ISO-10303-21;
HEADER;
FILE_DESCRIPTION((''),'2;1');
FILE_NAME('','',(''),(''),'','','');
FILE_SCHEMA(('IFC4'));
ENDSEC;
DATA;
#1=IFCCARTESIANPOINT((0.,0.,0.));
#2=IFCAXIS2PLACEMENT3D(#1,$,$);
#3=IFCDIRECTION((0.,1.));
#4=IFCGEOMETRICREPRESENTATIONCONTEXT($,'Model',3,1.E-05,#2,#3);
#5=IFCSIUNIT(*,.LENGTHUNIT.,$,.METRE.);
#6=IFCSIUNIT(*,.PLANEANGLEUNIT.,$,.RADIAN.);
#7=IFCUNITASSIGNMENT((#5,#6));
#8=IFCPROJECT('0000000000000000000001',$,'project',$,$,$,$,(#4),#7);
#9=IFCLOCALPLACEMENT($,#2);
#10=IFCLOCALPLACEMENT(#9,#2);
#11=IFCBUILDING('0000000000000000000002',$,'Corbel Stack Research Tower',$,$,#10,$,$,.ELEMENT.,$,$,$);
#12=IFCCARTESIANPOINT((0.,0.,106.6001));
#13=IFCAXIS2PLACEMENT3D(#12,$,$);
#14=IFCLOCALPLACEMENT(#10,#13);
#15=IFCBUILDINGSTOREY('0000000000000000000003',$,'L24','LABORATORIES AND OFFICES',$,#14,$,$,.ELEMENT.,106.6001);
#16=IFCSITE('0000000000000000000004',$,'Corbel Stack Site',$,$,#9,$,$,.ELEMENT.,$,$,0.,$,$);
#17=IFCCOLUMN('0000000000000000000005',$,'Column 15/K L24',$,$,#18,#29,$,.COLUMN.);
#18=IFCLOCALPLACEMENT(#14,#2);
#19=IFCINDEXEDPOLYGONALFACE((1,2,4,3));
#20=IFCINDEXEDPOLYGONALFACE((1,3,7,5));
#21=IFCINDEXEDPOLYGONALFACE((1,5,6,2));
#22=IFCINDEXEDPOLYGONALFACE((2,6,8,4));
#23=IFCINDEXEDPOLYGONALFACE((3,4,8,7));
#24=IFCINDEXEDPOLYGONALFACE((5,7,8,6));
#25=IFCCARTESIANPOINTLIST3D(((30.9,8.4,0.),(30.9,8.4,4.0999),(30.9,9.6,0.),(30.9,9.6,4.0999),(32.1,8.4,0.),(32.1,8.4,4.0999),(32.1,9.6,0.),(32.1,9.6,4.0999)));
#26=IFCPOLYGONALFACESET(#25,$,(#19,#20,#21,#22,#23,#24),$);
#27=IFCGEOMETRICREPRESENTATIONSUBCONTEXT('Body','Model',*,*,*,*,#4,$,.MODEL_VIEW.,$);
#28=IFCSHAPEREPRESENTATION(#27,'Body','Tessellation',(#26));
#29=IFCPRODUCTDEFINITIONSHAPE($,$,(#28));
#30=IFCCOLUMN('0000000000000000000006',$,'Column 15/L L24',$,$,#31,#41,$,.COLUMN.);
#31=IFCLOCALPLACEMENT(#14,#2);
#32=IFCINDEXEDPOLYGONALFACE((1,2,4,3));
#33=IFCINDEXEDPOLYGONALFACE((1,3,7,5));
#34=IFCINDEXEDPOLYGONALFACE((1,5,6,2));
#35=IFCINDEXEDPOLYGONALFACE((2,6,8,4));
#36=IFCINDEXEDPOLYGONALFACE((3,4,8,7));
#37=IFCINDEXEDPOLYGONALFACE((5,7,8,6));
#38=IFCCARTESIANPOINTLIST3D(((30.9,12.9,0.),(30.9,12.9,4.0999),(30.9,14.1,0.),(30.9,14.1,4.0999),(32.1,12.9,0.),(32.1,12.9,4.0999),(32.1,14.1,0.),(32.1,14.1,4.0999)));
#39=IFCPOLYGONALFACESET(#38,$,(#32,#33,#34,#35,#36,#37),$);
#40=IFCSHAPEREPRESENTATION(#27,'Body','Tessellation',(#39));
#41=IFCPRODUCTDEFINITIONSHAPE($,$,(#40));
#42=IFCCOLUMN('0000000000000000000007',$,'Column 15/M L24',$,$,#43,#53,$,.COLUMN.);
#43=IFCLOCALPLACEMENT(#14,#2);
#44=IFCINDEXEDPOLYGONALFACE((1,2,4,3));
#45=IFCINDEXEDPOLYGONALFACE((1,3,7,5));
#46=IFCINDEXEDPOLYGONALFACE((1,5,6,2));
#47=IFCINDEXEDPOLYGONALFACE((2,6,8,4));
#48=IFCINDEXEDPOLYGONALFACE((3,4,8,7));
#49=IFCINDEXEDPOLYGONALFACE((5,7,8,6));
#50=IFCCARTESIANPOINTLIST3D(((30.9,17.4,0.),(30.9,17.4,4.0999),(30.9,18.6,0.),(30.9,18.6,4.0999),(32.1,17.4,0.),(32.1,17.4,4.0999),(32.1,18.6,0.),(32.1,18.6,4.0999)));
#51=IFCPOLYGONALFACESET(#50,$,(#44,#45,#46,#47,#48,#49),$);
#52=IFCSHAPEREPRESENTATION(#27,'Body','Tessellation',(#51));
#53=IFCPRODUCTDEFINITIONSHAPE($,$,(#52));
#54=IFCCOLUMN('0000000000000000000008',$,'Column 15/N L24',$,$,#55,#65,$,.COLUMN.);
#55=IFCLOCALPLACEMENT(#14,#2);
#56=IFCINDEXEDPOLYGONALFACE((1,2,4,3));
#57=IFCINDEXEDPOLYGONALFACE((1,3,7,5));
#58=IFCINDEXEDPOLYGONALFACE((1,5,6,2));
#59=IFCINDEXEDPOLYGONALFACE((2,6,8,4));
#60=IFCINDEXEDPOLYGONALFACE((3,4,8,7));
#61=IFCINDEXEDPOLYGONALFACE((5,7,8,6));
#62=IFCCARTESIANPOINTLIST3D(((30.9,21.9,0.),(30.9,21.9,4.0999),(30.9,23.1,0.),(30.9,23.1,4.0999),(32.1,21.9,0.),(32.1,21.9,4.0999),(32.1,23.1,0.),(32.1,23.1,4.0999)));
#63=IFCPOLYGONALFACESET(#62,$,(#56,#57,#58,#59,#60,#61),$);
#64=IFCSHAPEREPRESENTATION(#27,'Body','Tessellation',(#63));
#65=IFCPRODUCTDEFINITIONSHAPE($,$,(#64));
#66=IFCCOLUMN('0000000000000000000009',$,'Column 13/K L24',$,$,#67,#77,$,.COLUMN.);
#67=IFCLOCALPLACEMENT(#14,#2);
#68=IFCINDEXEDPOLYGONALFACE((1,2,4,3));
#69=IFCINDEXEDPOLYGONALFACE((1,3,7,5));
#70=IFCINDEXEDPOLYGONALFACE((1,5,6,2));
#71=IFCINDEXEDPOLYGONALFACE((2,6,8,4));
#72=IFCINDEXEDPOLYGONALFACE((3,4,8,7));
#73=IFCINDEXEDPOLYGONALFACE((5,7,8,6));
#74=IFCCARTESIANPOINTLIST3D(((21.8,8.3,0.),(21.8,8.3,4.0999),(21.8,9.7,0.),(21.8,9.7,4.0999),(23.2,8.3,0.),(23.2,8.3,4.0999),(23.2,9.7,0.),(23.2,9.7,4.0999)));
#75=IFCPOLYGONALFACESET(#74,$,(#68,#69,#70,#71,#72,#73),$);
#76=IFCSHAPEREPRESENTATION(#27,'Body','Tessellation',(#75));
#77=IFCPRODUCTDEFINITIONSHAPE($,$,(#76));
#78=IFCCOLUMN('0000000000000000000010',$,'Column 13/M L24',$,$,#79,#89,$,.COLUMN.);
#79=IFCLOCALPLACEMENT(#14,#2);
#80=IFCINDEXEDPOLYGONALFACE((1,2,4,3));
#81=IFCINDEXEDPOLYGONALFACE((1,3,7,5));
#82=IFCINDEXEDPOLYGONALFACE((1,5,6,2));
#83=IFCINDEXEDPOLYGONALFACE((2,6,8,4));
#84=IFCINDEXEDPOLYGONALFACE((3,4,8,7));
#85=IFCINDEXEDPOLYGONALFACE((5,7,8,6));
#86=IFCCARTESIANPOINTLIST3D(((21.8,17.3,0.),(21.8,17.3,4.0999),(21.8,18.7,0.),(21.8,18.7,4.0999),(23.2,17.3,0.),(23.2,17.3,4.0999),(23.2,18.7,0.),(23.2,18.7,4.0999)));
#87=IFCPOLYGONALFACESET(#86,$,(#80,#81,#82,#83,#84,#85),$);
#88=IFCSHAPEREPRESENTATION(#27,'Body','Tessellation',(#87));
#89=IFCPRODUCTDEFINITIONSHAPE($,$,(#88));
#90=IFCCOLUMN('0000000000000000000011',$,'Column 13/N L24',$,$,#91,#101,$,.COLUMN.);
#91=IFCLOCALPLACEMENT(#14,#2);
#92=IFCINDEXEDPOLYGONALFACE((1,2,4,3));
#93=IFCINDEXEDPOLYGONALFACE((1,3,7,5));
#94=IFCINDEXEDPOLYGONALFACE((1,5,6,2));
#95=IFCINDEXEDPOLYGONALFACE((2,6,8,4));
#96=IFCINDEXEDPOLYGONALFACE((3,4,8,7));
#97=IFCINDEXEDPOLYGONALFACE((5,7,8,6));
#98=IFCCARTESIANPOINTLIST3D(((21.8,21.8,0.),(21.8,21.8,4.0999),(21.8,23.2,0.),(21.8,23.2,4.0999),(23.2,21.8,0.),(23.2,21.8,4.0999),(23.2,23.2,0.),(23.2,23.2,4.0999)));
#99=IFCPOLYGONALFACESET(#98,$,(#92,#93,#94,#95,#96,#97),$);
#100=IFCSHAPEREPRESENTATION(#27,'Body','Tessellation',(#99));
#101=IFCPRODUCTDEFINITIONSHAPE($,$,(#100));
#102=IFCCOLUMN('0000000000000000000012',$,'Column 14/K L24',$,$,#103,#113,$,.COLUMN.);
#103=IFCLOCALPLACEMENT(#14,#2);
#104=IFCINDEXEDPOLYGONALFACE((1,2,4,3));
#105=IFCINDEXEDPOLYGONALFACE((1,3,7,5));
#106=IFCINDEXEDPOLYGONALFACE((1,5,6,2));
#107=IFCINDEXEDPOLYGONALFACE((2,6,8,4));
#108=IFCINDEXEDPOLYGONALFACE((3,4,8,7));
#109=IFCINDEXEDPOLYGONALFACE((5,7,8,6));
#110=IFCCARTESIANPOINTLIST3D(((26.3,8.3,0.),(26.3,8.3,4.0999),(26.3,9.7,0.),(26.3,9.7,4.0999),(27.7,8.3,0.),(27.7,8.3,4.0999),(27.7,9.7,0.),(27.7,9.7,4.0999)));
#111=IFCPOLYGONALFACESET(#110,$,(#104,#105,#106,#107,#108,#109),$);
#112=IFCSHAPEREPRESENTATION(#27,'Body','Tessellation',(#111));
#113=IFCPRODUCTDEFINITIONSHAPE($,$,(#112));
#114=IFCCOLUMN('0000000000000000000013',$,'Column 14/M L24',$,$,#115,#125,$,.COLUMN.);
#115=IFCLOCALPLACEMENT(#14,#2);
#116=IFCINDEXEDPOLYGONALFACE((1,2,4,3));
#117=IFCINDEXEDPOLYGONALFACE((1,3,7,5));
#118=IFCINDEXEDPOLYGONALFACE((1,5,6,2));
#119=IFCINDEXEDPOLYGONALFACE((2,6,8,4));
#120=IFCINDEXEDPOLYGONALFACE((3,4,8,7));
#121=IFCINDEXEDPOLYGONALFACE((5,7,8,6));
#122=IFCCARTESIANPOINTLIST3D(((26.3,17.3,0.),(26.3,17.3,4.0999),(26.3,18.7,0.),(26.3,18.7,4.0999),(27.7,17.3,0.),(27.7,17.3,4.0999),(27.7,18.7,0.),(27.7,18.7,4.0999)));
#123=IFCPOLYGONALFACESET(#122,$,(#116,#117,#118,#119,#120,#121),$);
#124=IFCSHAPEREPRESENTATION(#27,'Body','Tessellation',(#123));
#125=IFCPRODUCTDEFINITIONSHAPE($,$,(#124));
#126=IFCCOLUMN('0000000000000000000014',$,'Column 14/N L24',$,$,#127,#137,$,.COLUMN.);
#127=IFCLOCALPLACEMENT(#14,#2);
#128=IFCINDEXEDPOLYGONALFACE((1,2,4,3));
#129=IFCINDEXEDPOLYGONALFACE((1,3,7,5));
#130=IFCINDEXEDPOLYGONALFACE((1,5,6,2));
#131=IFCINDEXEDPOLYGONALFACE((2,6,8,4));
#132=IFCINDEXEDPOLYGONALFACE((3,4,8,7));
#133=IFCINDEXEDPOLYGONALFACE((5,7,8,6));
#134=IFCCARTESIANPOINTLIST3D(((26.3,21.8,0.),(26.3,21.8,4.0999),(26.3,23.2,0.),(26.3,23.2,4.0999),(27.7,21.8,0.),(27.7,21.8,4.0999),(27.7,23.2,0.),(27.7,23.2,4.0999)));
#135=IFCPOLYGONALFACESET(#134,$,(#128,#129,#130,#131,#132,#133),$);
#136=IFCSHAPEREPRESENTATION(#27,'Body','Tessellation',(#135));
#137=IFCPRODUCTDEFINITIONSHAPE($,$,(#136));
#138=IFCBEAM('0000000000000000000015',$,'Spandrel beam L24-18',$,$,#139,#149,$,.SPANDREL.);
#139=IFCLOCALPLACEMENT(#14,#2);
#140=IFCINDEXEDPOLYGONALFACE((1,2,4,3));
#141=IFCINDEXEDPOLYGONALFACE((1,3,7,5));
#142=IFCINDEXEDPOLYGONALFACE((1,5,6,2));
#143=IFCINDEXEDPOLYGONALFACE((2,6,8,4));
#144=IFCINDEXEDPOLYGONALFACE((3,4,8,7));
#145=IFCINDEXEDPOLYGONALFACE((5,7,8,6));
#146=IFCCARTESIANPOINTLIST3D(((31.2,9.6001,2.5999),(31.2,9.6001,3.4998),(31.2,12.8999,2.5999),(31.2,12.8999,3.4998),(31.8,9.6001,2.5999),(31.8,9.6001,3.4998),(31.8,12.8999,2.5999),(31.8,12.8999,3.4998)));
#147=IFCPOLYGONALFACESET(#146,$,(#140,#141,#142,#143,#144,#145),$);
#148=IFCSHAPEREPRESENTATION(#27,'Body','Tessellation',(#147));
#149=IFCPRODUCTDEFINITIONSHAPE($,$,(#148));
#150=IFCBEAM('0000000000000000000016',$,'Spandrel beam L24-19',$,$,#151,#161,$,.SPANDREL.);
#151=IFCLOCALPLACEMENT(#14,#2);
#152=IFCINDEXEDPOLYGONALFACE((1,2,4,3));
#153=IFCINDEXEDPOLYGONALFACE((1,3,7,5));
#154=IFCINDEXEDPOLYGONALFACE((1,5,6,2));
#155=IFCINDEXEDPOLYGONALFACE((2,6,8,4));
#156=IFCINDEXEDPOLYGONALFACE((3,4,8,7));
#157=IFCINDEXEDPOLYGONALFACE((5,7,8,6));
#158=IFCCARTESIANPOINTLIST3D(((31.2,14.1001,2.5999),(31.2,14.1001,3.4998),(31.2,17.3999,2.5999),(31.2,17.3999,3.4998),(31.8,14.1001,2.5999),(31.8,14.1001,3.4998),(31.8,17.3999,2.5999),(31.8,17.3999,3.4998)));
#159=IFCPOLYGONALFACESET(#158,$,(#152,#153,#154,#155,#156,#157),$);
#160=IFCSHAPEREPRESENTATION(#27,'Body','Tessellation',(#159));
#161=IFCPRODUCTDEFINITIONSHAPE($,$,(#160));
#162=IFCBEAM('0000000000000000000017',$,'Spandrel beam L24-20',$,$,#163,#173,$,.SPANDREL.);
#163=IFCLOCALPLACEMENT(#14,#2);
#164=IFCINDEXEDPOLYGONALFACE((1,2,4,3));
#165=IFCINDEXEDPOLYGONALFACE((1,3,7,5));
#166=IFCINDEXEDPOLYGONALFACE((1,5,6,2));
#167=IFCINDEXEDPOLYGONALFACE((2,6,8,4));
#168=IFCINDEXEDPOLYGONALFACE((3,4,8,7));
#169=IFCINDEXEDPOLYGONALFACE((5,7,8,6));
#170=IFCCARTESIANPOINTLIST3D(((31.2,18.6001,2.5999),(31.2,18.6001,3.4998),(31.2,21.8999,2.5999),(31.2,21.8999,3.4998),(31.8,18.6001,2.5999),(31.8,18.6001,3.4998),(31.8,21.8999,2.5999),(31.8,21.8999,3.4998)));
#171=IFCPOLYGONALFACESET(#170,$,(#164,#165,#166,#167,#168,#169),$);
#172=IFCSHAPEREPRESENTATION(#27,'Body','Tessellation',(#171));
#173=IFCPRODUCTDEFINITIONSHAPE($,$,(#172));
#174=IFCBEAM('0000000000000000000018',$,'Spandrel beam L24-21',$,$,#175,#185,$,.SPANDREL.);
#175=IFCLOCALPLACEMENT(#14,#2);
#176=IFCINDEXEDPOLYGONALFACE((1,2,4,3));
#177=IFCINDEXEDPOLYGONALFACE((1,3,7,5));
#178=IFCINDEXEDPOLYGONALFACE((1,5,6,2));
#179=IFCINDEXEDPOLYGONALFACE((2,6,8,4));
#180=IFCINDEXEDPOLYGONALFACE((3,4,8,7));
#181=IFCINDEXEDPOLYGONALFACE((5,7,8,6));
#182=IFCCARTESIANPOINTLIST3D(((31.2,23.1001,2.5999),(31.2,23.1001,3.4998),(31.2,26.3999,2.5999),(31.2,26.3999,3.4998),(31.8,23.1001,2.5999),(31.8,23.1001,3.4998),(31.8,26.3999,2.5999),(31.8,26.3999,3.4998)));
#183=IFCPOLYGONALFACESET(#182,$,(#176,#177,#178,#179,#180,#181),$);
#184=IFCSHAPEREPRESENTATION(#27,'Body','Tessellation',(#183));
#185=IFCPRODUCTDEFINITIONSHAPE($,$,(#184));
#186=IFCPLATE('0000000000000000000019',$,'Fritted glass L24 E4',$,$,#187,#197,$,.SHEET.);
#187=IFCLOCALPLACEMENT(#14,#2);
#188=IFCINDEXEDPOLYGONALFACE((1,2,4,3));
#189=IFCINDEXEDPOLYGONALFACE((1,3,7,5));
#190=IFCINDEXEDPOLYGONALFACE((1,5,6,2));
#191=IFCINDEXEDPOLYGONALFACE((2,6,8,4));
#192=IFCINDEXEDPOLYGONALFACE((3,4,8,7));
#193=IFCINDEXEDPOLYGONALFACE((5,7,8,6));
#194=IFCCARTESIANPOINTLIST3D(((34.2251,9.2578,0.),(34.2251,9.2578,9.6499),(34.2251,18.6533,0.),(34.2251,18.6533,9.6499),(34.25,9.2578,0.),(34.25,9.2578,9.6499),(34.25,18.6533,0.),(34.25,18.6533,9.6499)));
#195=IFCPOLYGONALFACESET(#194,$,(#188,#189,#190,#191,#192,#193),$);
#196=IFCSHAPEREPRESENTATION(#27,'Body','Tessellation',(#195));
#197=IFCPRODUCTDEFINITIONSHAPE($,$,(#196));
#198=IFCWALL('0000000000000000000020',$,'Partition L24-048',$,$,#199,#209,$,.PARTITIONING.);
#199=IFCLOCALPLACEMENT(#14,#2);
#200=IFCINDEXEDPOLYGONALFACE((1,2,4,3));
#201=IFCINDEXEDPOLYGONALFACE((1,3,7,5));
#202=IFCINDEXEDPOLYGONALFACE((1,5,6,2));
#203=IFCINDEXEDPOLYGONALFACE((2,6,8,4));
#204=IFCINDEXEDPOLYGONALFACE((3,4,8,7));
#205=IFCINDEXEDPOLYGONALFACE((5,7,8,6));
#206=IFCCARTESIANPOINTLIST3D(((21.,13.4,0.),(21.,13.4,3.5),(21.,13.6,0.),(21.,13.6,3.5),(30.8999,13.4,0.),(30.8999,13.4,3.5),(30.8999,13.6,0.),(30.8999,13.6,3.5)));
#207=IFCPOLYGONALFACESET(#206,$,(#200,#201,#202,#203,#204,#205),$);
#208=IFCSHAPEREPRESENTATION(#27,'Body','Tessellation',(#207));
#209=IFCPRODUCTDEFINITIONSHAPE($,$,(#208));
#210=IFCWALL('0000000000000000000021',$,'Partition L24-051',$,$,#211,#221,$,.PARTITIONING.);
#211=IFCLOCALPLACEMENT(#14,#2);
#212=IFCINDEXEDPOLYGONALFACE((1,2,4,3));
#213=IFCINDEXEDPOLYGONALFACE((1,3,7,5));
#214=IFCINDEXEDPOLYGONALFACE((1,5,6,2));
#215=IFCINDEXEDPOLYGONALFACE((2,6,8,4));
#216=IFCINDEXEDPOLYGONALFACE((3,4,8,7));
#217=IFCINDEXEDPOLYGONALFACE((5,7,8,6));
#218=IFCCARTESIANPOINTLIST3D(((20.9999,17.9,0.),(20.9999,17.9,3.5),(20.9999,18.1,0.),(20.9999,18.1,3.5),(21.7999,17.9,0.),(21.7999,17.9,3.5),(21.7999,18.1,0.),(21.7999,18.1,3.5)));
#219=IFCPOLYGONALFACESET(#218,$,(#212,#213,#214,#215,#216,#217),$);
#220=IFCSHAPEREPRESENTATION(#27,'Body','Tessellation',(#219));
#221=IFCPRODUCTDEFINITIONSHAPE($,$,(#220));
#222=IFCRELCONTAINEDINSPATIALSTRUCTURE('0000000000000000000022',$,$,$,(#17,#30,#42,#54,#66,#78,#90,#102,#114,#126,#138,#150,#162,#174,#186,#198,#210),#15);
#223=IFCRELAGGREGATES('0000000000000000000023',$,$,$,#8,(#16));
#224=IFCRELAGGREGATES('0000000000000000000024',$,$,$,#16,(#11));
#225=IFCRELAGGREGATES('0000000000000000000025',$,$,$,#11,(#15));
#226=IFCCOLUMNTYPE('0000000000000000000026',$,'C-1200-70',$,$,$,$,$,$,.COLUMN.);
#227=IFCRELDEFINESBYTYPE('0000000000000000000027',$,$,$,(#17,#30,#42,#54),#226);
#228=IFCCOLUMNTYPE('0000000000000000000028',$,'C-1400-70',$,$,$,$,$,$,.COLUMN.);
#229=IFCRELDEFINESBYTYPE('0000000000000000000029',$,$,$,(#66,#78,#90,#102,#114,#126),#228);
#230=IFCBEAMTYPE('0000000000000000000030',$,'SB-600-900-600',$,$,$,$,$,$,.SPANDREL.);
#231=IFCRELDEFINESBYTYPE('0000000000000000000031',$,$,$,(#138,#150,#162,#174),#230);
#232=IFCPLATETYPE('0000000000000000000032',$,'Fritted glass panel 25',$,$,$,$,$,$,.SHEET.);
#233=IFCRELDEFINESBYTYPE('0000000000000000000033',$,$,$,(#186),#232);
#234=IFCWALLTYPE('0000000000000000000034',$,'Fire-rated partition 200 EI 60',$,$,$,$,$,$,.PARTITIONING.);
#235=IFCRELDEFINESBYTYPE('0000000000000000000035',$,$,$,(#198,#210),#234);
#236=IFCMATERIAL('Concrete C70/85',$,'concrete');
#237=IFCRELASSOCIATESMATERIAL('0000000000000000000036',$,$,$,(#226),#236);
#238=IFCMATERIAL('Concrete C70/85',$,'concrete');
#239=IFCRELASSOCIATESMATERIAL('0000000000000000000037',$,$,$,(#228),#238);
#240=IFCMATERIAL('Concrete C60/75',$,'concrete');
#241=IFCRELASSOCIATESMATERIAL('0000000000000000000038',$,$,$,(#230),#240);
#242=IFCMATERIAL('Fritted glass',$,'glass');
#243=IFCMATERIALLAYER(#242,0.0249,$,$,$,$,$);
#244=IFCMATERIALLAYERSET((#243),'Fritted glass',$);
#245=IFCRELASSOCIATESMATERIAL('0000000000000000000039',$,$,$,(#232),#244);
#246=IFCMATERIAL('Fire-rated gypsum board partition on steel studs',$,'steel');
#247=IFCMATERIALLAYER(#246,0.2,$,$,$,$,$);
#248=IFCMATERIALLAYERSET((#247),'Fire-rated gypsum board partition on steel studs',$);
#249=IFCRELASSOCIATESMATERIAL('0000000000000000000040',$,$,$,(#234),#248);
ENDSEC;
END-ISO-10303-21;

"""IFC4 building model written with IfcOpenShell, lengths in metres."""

from ifc_helpers import new_model, si_unit, direction, frame, frame_2d, origin, origin_2d, place, context, subcontext, project, spatial, rectangle, extrude, material, layer, layer_set, material_profile, profile_set, type_object, element, save


model = new_model("IFC4")

# Units and contexts
model_context = context("Model", 3, precision=1e-05, world=origin(), true_north=direction((0.0, 1.0)))
body_context = subcontext(model_context, "Body", "Model", "MODEL_VIEW")
ifc_project = project(units=[si_unit("LENGTHUNIT", "METRE"), si_unit("PLANEANGLEUNIT", "RADIAN")], contexts=[model_context])

# Site, building, storey
site_placement = place(None, origin())
site = spatial("IfcSite", under=ifc_project, at=site_placement, Name="Corbel Stack Site", CompositionType="ELEMENT", RefElevation=0.0)
building_placement = place(site_placement, origin())
building = spatial("IfcBuilding", under=site, at=building_placement, Name="Corbel Stack Research Tower", CompositionType="ELEMENT")
storey_placement = place(building_placement, frame((0.0, 0.0, 106.6001)))
storey = spatial("IfcBuildingStorey", under=building, at=storey_placement, Name="L24", Description="LABORATORIES AND OFFICES", CompositionType="ELEMENT", Elevation=106.6001)

# Columns
ifc_material_1 = material(Name="Concrete C70/85", Category="concrete")
ifc_material_profile_1 = material_profile(ifc_material_1, rectangle(XDim=1.2, YDim=1.2, at=origin_2d()), Name="RC 1200 x 1200")
ifc_profile_set_1 = profile_set([ifc_material_profile_1], Name="Concrete C70/85")
column_type_1 = type_object("IfcColumnType", Name="C-1200-70", PredefinedType="COLUMN", material=ifc_profile_set_1)
for number, where, z_axis, x_axis, name in (
    (1, (31.5, 9.0, 0.0), (0.0, 0.0, 1.0), (1.0, 0.0, 0.0), "Column 15/K L24"),
    (2, (31.5, 13.5, 0.0), (0.0, 0.0, 1.0), (1.0, 0.0, 0.0), "Column 15/L L24"),
    (3, (31.5, 18.0, 0.0), (0.0, 0.0, 1.0), (1.0, 0.0, 0.0), "Column 15/M L24"),
    (4, (31.5, 22.5, 0.0), (0.0, 0.0, 1.0), (1.0, 0.0, 0.0), "Column 15/N L24"),
):
    element("IfcColumn", number, at=place(storey_placement, frame(where, z_axis=z_axis, x_axis=x_axis)), inside=storey, type_object=column_type_1, Name=name, PredefinedType="COLUMN", context=body_context, shape_type="SweptSolid", body=[
        extrude(rectangle(XDim=1.2, YDim=1.2, at=origin_2d()), origin(), (0.0, 0.0, 1.0), 4.0999),
    ])
ifc_material_2 = material(Name="Concrete C70/85", Category="concrete")
ifc_material_profile_2 = material_profile(ifc_material_2, rectangle(XDim=1.3999, YDim=1.3999, at=origin_2d()), Name="RC 1400 x 1400")
ifc_profile_set_2 = profile_set([ifc_material_profile_2], Name="Concrete C70/85")
column_type_2 = type_object("IfcColumnType", Name="C-1400-70", PredefinedType="COLUMN", material=ifc_profile_set_2)
for number, where, z_axis, x_axis, name in (
    (5, (22.5, 9.0, 0.0), (0.0, 0.0, 1.0), (1.0, 0.0, 0.0), "Column 13/K L24"),
    (6, (22.5, 18.0, 0.0), (0.0, 0.0, 1.0), (1.0, 0.0, 0.0), "Column 13/M L24"),
    (7, (22.5, 22.5, 0.0), (0.0, 0.0, 1.0), (1.0, 0.0, 0.0), "Column 13/N L24"),
    (8, (27.0, 9.0, 0.0), (0.0, 0.0, 1.0), (1.0, 0.0, 0.0), "Column 14/K L24"),
    (9, (27.0, 18.0, 0.0), (0.0, 0.0, 1.0), (1.0, 0.0, 0.0), "Column 14/M L24"),
    (10, (27.0, 22.5, 0.0), (0.0, 0.0, 1.0), (1.0, 0.0, 0.0), "Column 14/N L24"),
):
    element("IfcColumn", number, at=place(storey_placement, frame(where, z_axis=z_axis, x_axis=x_axis)), inside=storey, type_object=column_type_2, Name=name, PredefinedType="COLUMN", context=body_context, shape_type="SweptSolid", body=[
        extrude(rectangle(XDim=1.3999, YDim=1.3999, at=origin_2d()), origin(), (0.0, 0.0, 1.0), 4.0999),
    ])

# Beams
ifc_material_3 = material(Name="Concrete C60/75", Category="concrete")
ifc_material_profile_3 = material_profile(ifc_material_3, rectangle(XDim=0.6001, YDim=0.8999, at=origin_2d()), Name="RC 600 x 900")
ifc_profile_set_3 = profile_set([ifc_material_profile_3], Name="Concrete C60/75")
beam_type = type_object("IfcBeamType", Name="SB-600-900-600", PredefinedType="SPANDREL", material=ifc_profile_set_3)
for number, where, z_axis, x_axis, name in (
    (11, (31.5, 9.6001, 3.0498), (0.0, 1.0, 0.0), (-1.0, 0.0, 0.0), "Spandrel beam L24-18"),
    (12, (31.5, 14.1001, 3.0498), (0.0, 1.0, 0.0), (-1.0, 0.0, 0.0), "Spandrel beam L24-19"),
    (13, (31.5, 18.6001, 3.0498), (0.0, 1.0, 0.0), (-1.0, 0.0, 0.0), "Spandrel beam L24-20"),
    (14, (31.5, 23.1001, 3.0498), (0.0, 1.0, 0.0), (-1.0, 0.0, 0.0), "Spandrel beam L24-21"),
):
    element("IfcBeam", number, at=place(storey_placement, frame(where, z_axis=z_axis, x_axis=x_axis)), inside=storey, type_object=beam_type, Name=name, PredefinedType="SPANDREL", context=body_context, shape_type="SweptSolid", body=[
        extrude(rectangle(XDim=0.6001, YDim=0.8999, at=origin_2d()), origin(), (0.0, 0.0, 1.0), 3.2998),
    ])

# Plate
ifc_material_4 = material(Name="Fritted glass", Category="glass")
ifc_layer_1 = layer(ifc_material_4, 0.0249)
ifc_layer_set_1 = layer_set([ifc_layer_1], Name="Fritted glass")
plate_type = type_object("IfcPlateType", Name="Fritted glass panel 25", PredefinedType="SHEET", material=ifc_layer_set_1)
plate_placement = place(storey_placement, frame((34.2375, 13.9556, 0.0), z_axis=(0.0, 0.0, 1.0), x_axis=(0.0, 1.0, 0.0)))
element("IfcPlate", 15, at=plate_placement, inside=storey, type_object=plate_type, Name="Fritted glass L24 E4", PredefinedType="SHEET", context=body_context, shape_type="SweptSolid", body=[
    extrude(rectangle(XDim=9.3955, YDim=0.0249, at=origin_2d()), origin(), (0.0, 0.0, 1.0), 9.6499),
])

# Walls
ifc_material_5 = material(Name="Fire-rated gypsum board partition on steel studs", Category="steel")
ifc_layer_2 = layer(ifc_material_5, 0.2)
ifc_layer_set_2 = layer_set([ifc_layer_2], Name="Fire-rated gypsum board partition on steel studs")
wall_type_1 = type_object("IfcWallType", Name="Fire-rated partition 200 EI 60", PredefinedType="PARTITIONING", material=ifc_layer_set_2)
wall_1_placement = place(storey_placement, frame((21.0, 13.5, 0.0), z_axis=(0.0, 0.0, 1.0), x_axis=(1.0, 0.0, 0.0)))
element("IfcWall", 16, at=wall_1_placement, inside=storey, type_object=wall_type_1, Name="Partition L24-048", PredefinedType="PARTITIONING", context=body_context, shape_type="SweptSolid", body=[
    extrude(rectangle(XDim=9.8999, YDim=0.2, at=frame_2d((4.95, 0.0))), origin(), (0.0, 0.0, 1.0), 3.5),
])
wall_2_placement = place(storey_placement, frame((21.0, 18.0, 0.0), z_axis=(0.0, 0.0, 1.0), x_axis=(1.0, 0.0, 0.0)))
element("IfcWall", 17, at=wall_2_placement, inside=storey, type_object=wall_type_1, Name="Partition L24-051", PredefinedType="PARTITIONING", context=body_context, shape_type="SweptSolid", body=[
    extrude(rectangle(XDim=0.8, YDim=0.2, at=frame_2d((0.3999, 0.0))), origin(), (0.0, 0.0, 1.0), 3.5),
])

save(model, "model.ifc")
